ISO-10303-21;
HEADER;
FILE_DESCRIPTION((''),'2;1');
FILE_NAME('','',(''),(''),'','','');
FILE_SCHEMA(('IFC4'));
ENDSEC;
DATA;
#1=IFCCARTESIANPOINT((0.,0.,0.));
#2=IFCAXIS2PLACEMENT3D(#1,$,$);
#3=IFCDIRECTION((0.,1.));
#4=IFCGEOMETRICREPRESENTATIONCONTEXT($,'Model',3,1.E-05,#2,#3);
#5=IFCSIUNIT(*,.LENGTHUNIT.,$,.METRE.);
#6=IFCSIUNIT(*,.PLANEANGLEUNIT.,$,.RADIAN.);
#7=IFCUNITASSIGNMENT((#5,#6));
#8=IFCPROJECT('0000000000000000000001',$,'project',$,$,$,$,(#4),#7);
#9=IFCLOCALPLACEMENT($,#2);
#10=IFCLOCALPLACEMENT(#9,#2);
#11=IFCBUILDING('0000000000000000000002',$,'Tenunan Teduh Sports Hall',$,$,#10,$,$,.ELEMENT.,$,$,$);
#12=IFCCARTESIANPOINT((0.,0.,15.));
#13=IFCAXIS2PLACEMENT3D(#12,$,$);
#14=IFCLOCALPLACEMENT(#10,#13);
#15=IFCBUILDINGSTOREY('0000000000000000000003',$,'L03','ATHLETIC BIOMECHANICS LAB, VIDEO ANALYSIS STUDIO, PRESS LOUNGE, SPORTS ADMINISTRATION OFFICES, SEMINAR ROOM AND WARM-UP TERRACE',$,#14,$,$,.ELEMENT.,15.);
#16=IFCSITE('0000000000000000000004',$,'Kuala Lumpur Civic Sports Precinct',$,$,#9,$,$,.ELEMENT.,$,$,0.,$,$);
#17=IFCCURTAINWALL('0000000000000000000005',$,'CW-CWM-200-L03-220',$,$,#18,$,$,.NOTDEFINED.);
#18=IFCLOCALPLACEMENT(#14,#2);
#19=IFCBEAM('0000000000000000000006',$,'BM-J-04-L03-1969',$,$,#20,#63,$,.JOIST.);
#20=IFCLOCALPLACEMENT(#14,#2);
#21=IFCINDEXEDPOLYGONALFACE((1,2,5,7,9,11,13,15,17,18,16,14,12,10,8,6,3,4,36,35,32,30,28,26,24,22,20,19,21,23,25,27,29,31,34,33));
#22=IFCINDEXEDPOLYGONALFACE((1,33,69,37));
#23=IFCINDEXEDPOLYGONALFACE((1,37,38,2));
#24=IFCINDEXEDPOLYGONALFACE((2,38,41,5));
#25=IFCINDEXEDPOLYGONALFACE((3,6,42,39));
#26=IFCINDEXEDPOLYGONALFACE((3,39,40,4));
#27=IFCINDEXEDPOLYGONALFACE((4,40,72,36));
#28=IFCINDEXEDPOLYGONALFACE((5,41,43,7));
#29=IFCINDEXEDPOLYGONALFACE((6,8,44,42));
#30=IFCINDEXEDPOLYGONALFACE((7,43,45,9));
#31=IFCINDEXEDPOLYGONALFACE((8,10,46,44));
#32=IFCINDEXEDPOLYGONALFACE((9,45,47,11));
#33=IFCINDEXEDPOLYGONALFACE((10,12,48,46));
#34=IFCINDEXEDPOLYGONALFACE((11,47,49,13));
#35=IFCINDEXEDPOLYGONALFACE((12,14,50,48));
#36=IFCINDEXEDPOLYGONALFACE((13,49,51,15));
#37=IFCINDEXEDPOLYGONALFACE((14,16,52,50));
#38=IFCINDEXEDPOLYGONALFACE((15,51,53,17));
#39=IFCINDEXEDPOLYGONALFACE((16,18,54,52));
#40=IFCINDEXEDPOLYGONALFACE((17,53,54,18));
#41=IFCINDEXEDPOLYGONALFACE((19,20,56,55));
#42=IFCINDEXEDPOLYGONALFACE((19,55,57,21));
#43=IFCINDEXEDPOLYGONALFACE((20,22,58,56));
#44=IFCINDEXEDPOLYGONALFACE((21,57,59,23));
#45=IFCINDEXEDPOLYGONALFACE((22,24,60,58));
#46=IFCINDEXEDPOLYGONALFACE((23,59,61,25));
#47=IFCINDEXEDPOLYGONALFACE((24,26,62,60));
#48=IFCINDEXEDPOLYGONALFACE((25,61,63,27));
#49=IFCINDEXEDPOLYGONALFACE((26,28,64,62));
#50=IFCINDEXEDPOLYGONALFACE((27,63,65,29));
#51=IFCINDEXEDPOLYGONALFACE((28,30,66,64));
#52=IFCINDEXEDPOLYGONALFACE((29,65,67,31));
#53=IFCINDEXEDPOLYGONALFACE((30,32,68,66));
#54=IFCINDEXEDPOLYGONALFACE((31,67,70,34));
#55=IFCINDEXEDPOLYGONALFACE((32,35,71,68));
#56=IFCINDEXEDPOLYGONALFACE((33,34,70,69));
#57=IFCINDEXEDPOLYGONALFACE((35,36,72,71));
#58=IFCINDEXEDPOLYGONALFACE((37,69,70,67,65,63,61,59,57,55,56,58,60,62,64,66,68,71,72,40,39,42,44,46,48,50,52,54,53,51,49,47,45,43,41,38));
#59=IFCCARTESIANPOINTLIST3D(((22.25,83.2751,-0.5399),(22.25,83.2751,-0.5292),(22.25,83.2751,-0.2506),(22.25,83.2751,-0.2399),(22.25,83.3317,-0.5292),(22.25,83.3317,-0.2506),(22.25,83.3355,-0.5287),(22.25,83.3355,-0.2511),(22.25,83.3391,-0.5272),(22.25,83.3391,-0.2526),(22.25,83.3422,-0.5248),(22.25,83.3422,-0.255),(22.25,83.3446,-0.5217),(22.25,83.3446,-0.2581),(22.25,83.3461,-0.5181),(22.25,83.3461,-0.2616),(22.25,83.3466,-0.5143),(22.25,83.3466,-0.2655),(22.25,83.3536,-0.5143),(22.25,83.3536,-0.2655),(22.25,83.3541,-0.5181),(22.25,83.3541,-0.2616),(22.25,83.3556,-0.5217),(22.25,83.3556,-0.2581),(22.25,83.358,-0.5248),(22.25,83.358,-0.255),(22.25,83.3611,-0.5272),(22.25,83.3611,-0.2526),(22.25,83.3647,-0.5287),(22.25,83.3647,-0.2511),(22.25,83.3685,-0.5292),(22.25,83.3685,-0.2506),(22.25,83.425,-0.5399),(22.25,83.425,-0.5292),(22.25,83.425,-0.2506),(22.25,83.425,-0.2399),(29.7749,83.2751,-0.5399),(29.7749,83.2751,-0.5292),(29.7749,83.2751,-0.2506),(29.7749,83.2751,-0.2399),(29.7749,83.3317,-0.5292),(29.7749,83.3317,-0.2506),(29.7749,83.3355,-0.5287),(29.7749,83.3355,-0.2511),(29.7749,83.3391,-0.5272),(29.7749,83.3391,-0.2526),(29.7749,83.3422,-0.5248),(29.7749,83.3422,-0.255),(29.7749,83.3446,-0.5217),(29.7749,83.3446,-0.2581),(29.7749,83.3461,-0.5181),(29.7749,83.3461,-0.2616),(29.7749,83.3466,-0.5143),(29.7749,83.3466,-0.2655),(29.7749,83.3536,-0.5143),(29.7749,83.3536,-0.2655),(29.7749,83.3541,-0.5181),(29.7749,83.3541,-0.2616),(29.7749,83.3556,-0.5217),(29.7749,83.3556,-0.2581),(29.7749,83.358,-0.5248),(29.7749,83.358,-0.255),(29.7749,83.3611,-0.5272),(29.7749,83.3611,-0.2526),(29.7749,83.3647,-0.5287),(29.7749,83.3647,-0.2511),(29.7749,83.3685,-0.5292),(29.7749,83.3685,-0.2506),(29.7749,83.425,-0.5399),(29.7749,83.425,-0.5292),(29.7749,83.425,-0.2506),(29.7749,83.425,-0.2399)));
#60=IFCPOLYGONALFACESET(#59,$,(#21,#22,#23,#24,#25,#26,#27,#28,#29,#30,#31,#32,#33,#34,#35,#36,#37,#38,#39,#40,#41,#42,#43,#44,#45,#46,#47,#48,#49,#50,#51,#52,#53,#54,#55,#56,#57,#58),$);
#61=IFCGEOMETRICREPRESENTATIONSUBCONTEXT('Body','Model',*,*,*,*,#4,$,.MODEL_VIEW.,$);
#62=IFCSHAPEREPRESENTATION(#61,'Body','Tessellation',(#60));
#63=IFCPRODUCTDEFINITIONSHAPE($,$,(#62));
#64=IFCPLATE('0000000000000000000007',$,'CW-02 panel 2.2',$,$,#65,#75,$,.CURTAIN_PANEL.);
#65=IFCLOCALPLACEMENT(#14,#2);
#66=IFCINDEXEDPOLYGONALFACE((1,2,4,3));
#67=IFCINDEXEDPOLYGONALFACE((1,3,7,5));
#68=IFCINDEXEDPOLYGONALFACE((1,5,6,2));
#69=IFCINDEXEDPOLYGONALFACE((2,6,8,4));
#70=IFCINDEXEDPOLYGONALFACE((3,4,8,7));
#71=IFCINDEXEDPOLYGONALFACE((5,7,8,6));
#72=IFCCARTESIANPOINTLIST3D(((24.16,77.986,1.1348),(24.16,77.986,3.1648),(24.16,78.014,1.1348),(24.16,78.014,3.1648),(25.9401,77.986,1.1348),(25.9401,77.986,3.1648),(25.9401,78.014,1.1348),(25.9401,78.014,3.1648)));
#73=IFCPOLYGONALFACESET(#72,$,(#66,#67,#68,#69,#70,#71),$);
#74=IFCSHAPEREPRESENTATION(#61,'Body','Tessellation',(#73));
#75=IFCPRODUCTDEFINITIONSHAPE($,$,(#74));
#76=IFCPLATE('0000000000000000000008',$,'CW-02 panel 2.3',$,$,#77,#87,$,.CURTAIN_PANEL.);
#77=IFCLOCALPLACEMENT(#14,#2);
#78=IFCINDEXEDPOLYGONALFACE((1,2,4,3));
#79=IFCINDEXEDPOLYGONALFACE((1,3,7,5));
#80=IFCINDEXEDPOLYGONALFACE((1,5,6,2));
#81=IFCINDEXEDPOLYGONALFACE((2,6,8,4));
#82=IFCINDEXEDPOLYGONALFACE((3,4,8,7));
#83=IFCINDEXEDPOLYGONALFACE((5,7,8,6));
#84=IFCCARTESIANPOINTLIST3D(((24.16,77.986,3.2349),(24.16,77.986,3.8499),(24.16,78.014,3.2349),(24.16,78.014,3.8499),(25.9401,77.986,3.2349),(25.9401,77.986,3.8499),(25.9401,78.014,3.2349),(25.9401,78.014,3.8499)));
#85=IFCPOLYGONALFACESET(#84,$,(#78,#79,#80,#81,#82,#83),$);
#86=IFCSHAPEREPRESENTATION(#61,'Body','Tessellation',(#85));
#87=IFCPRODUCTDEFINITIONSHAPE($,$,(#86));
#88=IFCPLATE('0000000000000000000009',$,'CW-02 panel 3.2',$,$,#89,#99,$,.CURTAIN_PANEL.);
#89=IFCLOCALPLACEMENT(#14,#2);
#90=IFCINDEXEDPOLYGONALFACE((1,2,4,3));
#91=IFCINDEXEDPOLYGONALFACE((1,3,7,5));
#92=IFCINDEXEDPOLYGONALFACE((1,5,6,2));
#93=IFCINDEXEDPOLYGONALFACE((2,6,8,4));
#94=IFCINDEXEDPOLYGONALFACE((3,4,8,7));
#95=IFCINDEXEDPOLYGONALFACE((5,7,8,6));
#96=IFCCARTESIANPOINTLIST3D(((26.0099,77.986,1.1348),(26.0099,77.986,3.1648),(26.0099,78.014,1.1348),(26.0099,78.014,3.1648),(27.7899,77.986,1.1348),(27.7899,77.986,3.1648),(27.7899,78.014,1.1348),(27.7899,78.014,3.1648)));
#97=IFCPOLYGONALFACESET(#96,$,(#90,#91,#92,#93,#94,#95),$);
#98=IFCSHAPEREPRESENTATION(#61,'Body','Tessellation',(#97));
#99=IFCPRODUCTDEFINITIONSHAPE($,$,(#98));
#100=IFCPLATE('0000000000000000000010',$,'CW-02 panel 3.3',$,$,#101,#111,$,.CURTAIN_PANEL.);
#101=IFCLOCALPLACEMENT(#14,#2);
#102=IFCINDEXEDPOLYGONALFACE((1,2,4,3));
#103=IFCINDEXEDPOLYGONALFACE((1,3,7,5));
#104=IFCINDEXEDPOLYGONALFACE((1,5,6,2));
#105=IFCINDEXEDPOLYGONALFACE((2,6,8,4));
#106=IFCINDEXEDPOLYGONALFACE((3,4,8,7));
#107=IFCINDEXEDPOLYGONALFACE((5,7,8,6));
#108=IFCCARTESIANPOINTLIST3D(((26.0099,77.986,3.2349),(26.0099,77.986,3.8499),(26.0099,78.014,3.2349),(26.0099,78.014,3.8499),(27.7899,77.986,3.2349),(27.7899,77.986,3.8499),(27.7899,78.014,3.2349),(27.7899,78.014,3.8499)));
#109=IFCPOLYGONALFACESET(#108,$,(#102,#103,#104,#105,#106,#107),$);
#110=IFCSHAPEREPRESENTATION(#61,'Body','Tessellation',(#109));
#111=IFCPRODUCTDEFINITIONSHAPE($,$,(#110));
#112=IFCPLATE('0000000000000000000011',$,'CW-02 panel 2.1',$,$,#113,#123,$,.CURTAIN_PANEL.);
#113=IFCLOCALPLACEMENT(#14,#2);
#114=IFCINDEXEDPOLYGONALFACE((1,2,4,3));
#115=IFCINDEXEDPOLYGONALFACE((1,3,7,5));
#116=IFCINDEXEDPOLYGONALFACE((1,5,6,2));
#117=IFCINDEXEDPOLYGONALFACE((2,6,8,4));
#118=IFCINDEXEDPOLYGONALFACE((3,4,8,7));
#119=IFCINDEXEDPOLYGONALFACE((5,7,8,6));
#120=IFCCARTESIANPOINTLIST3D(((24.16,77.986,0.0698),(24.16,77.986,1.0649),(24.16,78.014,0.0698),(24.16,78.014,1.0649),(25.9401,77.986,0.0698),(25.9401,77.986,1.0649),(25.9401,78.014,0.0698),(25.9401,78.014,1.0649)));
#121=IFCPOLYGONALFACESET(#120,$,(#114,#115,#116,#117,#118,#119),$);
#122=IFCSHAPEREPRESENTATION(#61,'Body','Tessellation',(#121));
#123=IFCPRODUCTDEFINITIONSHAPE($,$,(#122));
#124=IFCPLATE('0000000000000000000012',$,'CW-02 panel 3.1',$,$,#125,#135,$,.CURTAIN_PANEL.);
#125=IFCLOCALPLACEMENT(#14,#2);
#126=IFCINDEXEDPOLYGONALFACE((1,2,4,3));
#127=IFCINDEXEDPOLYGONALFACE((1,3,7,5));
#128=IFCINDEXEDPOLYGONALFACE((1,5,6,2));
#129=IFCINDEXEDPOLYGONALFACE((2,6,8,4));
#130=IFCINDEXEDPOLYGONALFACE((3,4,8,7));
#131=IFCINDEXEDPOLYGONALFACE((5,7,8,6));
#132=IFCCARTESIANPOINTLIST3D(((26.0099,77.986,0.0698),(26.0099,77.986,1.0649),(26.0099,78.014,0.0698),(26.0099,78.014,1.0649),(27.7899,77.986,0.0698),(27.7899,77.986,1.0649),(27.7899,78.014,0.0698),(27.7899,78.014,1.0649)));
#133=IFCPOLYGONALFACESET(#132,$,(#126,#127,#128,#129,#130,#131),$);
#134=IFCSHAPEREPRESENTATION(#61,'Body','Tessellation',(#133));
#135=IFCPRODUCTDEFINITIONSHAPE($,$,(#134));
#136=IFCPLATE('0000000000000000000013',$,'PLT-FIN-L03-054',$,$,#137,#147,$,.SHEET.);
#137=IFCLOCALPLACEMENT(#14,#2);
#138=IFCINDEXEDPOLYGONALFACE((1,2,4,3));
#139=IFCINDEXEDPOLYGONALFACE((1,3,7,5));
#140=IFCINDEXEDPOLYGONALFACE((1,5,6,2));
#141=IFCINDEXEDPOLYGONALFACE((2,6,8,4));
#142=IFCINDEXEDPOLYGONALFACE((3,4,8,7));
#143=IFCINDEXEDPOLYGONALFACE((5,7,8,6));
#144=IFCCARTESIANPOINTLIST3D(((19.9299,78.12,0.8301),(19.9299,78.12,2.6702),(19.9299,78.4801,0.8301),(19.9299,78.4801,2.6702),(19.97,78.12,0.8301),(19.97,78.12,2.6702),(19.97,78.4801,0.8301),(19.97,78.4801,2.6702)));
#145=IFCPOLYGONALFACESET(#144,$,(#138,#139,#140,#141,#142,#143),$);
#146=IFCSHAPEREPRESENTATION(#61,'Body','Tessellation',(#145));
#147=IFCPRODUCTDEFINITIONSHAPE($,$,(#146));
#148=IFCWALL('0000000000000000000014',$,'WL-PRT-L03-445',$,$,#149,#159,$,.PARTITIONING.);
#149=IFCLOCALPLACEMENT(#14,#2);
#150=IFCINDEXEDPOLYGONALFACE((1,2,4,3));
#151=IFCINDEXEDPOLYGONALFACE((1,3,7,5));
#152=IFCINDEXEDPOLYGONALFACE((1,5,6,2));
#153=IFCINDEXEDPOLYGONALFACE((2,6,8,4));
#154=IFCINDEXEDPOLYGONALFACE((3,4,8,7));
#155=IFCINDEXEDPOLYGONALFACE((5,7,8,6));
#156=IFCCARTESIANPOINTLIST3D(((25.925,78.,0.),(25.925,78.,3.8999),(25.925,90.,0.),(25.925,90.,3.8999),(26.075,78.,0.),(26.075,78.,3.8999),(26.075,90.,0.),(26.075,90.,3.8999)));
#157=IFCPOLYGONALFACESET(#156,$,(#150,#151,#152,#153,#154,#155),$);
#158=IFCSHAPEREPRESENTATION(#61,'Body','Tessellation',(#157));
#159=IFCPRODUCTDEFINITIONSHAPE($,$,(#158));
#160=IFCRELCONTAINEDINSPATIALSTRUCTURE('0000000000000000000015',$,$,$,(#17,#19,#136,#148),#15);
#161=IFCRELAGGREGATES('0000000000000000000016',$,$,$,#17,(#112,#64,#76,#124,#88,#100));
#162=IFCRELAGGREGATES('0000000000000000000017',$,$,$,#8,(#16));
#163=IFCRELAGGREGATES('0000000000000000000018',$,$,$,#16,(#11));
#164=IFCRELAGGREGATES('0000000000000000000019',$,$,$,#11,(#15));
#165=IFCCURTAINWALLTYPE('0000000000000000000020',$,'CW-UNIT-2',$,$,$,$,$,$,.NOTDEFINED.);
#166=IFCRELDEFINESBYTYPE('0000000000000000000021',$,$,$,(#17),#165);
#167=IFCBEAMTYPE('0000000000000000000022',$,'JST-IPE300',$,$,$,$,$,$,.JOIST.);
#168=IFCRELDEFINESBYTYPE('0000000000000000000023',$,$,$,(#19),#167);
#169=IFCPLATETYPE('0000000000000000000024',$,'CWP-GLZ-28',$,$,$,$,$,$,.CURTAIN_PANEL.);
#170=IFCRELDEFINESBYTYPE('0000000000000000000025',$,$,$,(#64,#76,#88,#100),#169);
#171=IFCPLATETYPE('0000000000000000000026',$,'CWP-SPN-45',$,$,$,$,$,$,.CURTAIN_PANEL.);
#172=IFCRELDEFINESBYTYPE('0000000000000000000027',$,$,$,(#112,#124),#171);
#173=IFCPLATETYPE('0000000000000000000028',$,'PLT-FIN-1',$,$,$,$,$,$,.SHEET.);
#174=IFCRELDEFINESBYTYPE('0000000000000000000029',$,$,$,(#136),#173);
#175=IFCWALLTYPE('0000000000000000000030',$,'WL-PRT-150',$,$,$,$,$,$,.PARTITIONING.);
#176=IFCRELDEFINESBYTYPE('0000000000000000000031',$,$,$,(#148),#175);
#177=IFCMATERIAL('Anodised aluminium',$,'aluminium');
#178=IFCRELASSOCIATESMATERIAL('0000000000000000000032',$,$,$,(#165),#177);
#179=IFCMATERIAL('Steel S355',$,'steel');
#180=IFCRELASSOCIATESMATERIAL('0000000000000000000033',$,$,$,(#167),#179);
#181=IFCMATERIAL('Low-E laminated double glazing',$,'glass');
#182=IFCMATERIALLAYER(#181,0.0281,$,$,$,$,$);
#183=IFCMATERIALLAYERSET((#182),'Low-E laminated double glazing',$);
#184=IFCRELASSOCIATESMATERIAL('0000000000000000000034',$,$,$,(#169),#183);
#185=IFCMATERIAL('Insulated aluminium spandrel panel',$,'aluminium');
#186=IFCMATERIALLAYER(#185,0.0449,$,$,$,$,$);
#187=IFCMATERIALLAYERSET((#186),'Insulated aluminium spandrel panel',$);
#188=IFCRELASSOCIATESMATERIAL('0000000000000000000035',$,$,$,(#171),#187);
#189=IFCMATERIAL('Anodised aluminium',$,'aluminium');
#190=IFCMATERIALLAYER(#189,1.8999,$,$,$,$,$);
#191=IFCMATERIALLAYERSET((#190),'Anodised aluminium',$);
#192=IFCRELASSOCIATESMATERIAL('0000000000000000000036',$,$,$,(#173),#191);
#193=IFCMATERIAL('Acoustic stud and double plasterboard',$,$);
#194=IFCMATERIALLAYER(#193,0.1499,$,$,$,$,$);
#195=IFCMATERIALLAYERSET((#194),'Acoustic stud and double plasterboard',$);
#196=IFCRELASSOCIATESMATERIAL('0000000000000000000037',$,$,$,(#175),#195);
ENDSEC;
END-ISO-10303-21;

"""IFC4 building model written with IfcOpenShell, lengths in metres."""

from ifc_helpers import new_model, si_unit, direction, frame, frame_2d, origin, origin_2d, place, context, subcontext, project, spatial, rectangle, i_section, extrude, material, layer, layer_set, material_profile, profile_set, type_object, element, aggregate, save


model = new_model("IFC4")

# Units and contexts
model_context = context("Model", 3, precision=1e-05, world=origin(), true_north=direction((0.0, 1.0)))
body_context = subcontext(model_context, "Body", "Model", "MODEL_VIEW")
ifc_project = project(units=[si_unit("LENGTHUNIT", "METRE"), si_unit("PLANEANGLEUNIT", "RADIAN")], contexts=[model_context])

# Site, building, storey
site_placement = place(None, origin())
site = spatial("IfcSite", under=ifc_project, at=site_placement, Name="Kuala Lumpur Civic Sports Precinct", CompositionType="ELEMENT", RefElevation=0.0)
building_placement = place(site_placement, origin())
building = spatial("IfcBuilding", under=site, at=building_placement, Name="Tenunan Teduh Sports Hall", CompositionType="ELEMENT")
storey_placement = place(building_placement, frame((0.0, 0.0, 15.0)))
storey = spatial("IfcBuildingStorey", under=building, at=storey_placement, Name="L03", Description="ATHLETIC BIOMECHANICS LAB, VIDEO ANALYSIS STUDIO, PRESS LOUNGE, SPORTS ADMINISTRATION OFFICES, SEMINAR ROOM AND WARM-UP TERRACE", CompositionType="ELEMENT", Elevation=15.0)

# Curtain wall
ifc_material_1 = material(Name="Anodised aluminium", Category="aluminium")
curtain_wall_type = type_object("IfcCurtainWallType", Name="CW-UNIT-2", PredefinedType="NOTDEFINED", material=ifc_material_1)
curtain_wall_placement = place(storey_placement, origin())
curtain_wall = element("IfcCurtainWall", 1, at=curtain_wall_placement, inside=storey, type_object=curtain_wall_type, Name="CW-CWM-200-L03-220", PredefinedType="NOTDEFINED")

# Beam
ifc_material_2 = material(Name="Steel S355", Category="steel")
ifc_material_profile_1 = material_profile(ifc_material_2, i_section(OverallWidth=0.1499, OverallDepth=0.3, WebThickness=0.0071, FlangeThickness=0.0107, FilletRadius=0.0149, at=origin_2d()), Name="IPE 300")
ifc_profile_set_1 = profile_set([ifc_material_profile_1], Name="Steel S355")
beam_type_1 = type_object("IfcBeamType", Name="JST-IPE300", PredefinedType="JOIST", material=ifc_profile_set_1)
beam_1_placement = place(storey_placement, frame((22.25, 83.3501, -0.3899), z_axis=(1.0, 0.0, 0.0), x_axis=(0.0, 1.0, 0.0)))
element("IfcBeam", 2, at=beam_1_placement, inside=storey, type_object=beam_type_1, Name="BM-J-04-L03-1969", PredefinedType="JOIST", context=body_context, shape_type="SweptSolid", body=[
    extrude(i_section(OverallWidth=0.1499, OverallDepth=0.3, WebThickness=0.0071, FlangeThickness=0.0107, FilletRadius=0.0149, at=origin_2d()), origin(), (0.0, 0.0, 1.0), 7.5249),
])

# Plates
ifc_material_3 = material(Name="Low-E laminated double glazing", Category="glass")
ifc_layer_1 = layer(ifc_material_3, 0.0281)
ifc_layer_set_1 = layer_set([ifc_layer_1], Name="Low-E laminated double glazing")
plate_type_1 = type_object("IfcPlateType", Name="CWP-GLZ-28", PredefinedType="CURTAIN_PANEL", material=ifc_layer_set_1)
plate_1_placement = place(storey_placement, frame((25.05, 78.0, 1.1348), z_axis=(0.0, 0.0, 1.0), x_axis=(1.0, 0.0, 0.0)))
plate_1 = element("IfcPlate", 3, at=plate_1_placement, type_object=plate_type_1, Name="CW-02 panel 2.2", PredefinedType="CURTAIN_PANEL", context=body_context, shape_type="SweptSolid", body=[
    extrude(rectangle(XDim=1.78, YDim=0.0281, at=origin_2d()), origin(), (0.0, 0.0, 1.0), 2.03),
])
plate_2_placement = place(storey_placement, frame((25.05, 78.0, 3.2349), z_axis=(0.0, 0.0, 1.0), x_axis=(1.0, 0.0, 0.0)))
plate_2 = element("IfcPlate", 4, at=plate_2_placement, type_object=plate_type_1, Name="CW-02 panel 2.3", PredefinedType="CURTAIN_PANEL", context=body_context, shape_type="SweptSolid", body=[
    extrude(rectangle(XDim=1.78, YDim=0.0281, at=origin_2d()), origin(), (0.0, 0.0, 1.0), 0.615),
])
plate_3_placement = place(storey_placement, frame((26.8999, 78.0, 1.1348), z_axis=(0.0, 0.0, 1.0), x_axis=(1.0, 0.0, 0.0)))
plate_3 = element("IfcPlate", 5, at=plate_3_placement, type_object=plate_type_1, Name="CW-02 panel 3.2", PredefinedType="CURTAIN_PANEL", context=body_context, shape_type="SweptSolid", body=[
    extrude(rectangle(XDim=1.78, YDim=0.0281, at=origin_2d()), origin(), (0.0, 0.0, 1.0), 2.03),
])
plate_4_placement = place(storey_placement, frame((26.8999, 78.0, 3.2349), z_axis=(0.0, 0.0, 1.0), x_axis=(1.0, 0.0, 0.0)))
plate_4 = element("IfcPlate", 6, at=plate_4_placement, type_object=plate_type_1, Name="CW-02 panel 3.3", PredefinedType="CURTAIN_PANEL", context=body_context, shape_type="SweptSolid", body=[
    extrude(rectangle(XDim=1.78, YDim=0.0281, at=origin_2d()), origin(), (0.0, 0.0, 1.0), 0.615),
])
ifc_material_4 = material(Name="Insulated aluminium spandrel panel", Category="aluminium")
ifc_layer_2 = layer(ifc_material_4, 0.0449)
ifc_layer_set_2 = layer_set([ifc_layer_2], Name="Insulated aluminium spandrel panel")
plate_type_2 = type_object("IfcPlateType", Name="CWP-SPN-45", PredefinedType="CURTAIN_PANEL", material=ifc_layer_set_2)
plate_5_placement = place(storey_placement, frame((25.05, 78.0, 0.0698), z_axis=(0.0, 0.0, 1.0), x_axis=(1.0, 0.0, 0.0)))
plate_5 = element("IfcPlate", 7, at=plate_5_placement, type_object=plate_type_2, Name="CW-02 panel 2.1", PredefinedType="CURTAIN_PANEL", context=body_context, shape_type="SweptSolid", body=[
    extrude(rectangle(XDim=1.78, YDim=0.0281, at=origin_2d()), origin(), (0.0, 0.0, 1.0), 0.9951),
])
plate_6_placement = place(storey_placement, frame((26.8999, 78.0, 0.0698), z_axis=(0.0, 0.0, 1.0), x_axis=(1.0, 0.0, 0.0)))
plate_6 = element("IfcPlate", 8, at=plate_6_placement, type_object=plate_type_2, Name="CW-02 panel 3.1", PredefinedType="CURTAIN_PANEL", context=body_context, shape_type="SweptSolid", body=[
    extrude(rectangle(XDim=1.78, YDim=0.0281, at=origin_2d()), origin(), (0.0, 0.0, 1.0), 0.9951),
])
aggregate(curtain_wall, [plate_5, plate_1, plate_2, plate_6, plate_3, plate_4])
ifc_material_5 = material(Name="Anodised aluminium", Category="aluminium")
ifc_layer_3 = layer(ifc_material_5, 1.8999)
ifc_layer_set_3 = layer_set([ifc_layer_3], Name="Anodised aluminium")
plate_type_3 = type_object("IfcPlateType", Name="PLT-FIN-1", PredefinedType="SHEET", material=ifc_layer_set_3)
plate_7_placement = place(storey_placement, frame((19.95, 78.3, 0.8301), z_axis=(0.0, 0.0, 1.0), x_axis=(1.0, 0.0, 0.0)))
element("IfcPlate", 9, at=plate_7_placement, inside=storey, type_object=plate_type_3, Name="PLT-FIN-L03-054", PredefinedType="SHEET", context=body_context, shape_type="SweptSolid", body=[
    extrude(rectangle(XDim=0.04, YDim=0.3601, at=origin_2d()), origin(), (0.0, 0.0, 1.0), 1.8401),
])

# Wall
ifc_material_6 = material(Name="Acoustic stud and double plasterboard")
ifc_layer_4 = layer(ifc_material_6, 0.1499)
ifc_layer_set_4 = layer_set([ifc_layer_4], Name="Acoustic stud and double plasterboard")
wall_type = type_object("IfcWallType", Name="WL-PRT-150", PredefinedType="PARTITIONING", material=ifc_layer_set_4)
wall_placement = place(storey_placement, frame((26.0, 78.0, 0.0), z_axis=(0.0, 0.0, 1.0), x_axis=(0.0, 1.0, 0.0)))
element("IfcWall", 10, at=wall_placement, inside=storey, type_object=wall_type, Name="WL-PRT-L03-445", PredefinedType="PARTITIONING", context=body_context, shape_type="SweptSolid", body=[
    extrude(rectangle(XDim=12.0, YDim=0.1499, at=frame_2d((6.0, 0.0))), origin(), (0.0, 0.0, 1.0), 3.8999),
])

save(model, "model.ifc")
